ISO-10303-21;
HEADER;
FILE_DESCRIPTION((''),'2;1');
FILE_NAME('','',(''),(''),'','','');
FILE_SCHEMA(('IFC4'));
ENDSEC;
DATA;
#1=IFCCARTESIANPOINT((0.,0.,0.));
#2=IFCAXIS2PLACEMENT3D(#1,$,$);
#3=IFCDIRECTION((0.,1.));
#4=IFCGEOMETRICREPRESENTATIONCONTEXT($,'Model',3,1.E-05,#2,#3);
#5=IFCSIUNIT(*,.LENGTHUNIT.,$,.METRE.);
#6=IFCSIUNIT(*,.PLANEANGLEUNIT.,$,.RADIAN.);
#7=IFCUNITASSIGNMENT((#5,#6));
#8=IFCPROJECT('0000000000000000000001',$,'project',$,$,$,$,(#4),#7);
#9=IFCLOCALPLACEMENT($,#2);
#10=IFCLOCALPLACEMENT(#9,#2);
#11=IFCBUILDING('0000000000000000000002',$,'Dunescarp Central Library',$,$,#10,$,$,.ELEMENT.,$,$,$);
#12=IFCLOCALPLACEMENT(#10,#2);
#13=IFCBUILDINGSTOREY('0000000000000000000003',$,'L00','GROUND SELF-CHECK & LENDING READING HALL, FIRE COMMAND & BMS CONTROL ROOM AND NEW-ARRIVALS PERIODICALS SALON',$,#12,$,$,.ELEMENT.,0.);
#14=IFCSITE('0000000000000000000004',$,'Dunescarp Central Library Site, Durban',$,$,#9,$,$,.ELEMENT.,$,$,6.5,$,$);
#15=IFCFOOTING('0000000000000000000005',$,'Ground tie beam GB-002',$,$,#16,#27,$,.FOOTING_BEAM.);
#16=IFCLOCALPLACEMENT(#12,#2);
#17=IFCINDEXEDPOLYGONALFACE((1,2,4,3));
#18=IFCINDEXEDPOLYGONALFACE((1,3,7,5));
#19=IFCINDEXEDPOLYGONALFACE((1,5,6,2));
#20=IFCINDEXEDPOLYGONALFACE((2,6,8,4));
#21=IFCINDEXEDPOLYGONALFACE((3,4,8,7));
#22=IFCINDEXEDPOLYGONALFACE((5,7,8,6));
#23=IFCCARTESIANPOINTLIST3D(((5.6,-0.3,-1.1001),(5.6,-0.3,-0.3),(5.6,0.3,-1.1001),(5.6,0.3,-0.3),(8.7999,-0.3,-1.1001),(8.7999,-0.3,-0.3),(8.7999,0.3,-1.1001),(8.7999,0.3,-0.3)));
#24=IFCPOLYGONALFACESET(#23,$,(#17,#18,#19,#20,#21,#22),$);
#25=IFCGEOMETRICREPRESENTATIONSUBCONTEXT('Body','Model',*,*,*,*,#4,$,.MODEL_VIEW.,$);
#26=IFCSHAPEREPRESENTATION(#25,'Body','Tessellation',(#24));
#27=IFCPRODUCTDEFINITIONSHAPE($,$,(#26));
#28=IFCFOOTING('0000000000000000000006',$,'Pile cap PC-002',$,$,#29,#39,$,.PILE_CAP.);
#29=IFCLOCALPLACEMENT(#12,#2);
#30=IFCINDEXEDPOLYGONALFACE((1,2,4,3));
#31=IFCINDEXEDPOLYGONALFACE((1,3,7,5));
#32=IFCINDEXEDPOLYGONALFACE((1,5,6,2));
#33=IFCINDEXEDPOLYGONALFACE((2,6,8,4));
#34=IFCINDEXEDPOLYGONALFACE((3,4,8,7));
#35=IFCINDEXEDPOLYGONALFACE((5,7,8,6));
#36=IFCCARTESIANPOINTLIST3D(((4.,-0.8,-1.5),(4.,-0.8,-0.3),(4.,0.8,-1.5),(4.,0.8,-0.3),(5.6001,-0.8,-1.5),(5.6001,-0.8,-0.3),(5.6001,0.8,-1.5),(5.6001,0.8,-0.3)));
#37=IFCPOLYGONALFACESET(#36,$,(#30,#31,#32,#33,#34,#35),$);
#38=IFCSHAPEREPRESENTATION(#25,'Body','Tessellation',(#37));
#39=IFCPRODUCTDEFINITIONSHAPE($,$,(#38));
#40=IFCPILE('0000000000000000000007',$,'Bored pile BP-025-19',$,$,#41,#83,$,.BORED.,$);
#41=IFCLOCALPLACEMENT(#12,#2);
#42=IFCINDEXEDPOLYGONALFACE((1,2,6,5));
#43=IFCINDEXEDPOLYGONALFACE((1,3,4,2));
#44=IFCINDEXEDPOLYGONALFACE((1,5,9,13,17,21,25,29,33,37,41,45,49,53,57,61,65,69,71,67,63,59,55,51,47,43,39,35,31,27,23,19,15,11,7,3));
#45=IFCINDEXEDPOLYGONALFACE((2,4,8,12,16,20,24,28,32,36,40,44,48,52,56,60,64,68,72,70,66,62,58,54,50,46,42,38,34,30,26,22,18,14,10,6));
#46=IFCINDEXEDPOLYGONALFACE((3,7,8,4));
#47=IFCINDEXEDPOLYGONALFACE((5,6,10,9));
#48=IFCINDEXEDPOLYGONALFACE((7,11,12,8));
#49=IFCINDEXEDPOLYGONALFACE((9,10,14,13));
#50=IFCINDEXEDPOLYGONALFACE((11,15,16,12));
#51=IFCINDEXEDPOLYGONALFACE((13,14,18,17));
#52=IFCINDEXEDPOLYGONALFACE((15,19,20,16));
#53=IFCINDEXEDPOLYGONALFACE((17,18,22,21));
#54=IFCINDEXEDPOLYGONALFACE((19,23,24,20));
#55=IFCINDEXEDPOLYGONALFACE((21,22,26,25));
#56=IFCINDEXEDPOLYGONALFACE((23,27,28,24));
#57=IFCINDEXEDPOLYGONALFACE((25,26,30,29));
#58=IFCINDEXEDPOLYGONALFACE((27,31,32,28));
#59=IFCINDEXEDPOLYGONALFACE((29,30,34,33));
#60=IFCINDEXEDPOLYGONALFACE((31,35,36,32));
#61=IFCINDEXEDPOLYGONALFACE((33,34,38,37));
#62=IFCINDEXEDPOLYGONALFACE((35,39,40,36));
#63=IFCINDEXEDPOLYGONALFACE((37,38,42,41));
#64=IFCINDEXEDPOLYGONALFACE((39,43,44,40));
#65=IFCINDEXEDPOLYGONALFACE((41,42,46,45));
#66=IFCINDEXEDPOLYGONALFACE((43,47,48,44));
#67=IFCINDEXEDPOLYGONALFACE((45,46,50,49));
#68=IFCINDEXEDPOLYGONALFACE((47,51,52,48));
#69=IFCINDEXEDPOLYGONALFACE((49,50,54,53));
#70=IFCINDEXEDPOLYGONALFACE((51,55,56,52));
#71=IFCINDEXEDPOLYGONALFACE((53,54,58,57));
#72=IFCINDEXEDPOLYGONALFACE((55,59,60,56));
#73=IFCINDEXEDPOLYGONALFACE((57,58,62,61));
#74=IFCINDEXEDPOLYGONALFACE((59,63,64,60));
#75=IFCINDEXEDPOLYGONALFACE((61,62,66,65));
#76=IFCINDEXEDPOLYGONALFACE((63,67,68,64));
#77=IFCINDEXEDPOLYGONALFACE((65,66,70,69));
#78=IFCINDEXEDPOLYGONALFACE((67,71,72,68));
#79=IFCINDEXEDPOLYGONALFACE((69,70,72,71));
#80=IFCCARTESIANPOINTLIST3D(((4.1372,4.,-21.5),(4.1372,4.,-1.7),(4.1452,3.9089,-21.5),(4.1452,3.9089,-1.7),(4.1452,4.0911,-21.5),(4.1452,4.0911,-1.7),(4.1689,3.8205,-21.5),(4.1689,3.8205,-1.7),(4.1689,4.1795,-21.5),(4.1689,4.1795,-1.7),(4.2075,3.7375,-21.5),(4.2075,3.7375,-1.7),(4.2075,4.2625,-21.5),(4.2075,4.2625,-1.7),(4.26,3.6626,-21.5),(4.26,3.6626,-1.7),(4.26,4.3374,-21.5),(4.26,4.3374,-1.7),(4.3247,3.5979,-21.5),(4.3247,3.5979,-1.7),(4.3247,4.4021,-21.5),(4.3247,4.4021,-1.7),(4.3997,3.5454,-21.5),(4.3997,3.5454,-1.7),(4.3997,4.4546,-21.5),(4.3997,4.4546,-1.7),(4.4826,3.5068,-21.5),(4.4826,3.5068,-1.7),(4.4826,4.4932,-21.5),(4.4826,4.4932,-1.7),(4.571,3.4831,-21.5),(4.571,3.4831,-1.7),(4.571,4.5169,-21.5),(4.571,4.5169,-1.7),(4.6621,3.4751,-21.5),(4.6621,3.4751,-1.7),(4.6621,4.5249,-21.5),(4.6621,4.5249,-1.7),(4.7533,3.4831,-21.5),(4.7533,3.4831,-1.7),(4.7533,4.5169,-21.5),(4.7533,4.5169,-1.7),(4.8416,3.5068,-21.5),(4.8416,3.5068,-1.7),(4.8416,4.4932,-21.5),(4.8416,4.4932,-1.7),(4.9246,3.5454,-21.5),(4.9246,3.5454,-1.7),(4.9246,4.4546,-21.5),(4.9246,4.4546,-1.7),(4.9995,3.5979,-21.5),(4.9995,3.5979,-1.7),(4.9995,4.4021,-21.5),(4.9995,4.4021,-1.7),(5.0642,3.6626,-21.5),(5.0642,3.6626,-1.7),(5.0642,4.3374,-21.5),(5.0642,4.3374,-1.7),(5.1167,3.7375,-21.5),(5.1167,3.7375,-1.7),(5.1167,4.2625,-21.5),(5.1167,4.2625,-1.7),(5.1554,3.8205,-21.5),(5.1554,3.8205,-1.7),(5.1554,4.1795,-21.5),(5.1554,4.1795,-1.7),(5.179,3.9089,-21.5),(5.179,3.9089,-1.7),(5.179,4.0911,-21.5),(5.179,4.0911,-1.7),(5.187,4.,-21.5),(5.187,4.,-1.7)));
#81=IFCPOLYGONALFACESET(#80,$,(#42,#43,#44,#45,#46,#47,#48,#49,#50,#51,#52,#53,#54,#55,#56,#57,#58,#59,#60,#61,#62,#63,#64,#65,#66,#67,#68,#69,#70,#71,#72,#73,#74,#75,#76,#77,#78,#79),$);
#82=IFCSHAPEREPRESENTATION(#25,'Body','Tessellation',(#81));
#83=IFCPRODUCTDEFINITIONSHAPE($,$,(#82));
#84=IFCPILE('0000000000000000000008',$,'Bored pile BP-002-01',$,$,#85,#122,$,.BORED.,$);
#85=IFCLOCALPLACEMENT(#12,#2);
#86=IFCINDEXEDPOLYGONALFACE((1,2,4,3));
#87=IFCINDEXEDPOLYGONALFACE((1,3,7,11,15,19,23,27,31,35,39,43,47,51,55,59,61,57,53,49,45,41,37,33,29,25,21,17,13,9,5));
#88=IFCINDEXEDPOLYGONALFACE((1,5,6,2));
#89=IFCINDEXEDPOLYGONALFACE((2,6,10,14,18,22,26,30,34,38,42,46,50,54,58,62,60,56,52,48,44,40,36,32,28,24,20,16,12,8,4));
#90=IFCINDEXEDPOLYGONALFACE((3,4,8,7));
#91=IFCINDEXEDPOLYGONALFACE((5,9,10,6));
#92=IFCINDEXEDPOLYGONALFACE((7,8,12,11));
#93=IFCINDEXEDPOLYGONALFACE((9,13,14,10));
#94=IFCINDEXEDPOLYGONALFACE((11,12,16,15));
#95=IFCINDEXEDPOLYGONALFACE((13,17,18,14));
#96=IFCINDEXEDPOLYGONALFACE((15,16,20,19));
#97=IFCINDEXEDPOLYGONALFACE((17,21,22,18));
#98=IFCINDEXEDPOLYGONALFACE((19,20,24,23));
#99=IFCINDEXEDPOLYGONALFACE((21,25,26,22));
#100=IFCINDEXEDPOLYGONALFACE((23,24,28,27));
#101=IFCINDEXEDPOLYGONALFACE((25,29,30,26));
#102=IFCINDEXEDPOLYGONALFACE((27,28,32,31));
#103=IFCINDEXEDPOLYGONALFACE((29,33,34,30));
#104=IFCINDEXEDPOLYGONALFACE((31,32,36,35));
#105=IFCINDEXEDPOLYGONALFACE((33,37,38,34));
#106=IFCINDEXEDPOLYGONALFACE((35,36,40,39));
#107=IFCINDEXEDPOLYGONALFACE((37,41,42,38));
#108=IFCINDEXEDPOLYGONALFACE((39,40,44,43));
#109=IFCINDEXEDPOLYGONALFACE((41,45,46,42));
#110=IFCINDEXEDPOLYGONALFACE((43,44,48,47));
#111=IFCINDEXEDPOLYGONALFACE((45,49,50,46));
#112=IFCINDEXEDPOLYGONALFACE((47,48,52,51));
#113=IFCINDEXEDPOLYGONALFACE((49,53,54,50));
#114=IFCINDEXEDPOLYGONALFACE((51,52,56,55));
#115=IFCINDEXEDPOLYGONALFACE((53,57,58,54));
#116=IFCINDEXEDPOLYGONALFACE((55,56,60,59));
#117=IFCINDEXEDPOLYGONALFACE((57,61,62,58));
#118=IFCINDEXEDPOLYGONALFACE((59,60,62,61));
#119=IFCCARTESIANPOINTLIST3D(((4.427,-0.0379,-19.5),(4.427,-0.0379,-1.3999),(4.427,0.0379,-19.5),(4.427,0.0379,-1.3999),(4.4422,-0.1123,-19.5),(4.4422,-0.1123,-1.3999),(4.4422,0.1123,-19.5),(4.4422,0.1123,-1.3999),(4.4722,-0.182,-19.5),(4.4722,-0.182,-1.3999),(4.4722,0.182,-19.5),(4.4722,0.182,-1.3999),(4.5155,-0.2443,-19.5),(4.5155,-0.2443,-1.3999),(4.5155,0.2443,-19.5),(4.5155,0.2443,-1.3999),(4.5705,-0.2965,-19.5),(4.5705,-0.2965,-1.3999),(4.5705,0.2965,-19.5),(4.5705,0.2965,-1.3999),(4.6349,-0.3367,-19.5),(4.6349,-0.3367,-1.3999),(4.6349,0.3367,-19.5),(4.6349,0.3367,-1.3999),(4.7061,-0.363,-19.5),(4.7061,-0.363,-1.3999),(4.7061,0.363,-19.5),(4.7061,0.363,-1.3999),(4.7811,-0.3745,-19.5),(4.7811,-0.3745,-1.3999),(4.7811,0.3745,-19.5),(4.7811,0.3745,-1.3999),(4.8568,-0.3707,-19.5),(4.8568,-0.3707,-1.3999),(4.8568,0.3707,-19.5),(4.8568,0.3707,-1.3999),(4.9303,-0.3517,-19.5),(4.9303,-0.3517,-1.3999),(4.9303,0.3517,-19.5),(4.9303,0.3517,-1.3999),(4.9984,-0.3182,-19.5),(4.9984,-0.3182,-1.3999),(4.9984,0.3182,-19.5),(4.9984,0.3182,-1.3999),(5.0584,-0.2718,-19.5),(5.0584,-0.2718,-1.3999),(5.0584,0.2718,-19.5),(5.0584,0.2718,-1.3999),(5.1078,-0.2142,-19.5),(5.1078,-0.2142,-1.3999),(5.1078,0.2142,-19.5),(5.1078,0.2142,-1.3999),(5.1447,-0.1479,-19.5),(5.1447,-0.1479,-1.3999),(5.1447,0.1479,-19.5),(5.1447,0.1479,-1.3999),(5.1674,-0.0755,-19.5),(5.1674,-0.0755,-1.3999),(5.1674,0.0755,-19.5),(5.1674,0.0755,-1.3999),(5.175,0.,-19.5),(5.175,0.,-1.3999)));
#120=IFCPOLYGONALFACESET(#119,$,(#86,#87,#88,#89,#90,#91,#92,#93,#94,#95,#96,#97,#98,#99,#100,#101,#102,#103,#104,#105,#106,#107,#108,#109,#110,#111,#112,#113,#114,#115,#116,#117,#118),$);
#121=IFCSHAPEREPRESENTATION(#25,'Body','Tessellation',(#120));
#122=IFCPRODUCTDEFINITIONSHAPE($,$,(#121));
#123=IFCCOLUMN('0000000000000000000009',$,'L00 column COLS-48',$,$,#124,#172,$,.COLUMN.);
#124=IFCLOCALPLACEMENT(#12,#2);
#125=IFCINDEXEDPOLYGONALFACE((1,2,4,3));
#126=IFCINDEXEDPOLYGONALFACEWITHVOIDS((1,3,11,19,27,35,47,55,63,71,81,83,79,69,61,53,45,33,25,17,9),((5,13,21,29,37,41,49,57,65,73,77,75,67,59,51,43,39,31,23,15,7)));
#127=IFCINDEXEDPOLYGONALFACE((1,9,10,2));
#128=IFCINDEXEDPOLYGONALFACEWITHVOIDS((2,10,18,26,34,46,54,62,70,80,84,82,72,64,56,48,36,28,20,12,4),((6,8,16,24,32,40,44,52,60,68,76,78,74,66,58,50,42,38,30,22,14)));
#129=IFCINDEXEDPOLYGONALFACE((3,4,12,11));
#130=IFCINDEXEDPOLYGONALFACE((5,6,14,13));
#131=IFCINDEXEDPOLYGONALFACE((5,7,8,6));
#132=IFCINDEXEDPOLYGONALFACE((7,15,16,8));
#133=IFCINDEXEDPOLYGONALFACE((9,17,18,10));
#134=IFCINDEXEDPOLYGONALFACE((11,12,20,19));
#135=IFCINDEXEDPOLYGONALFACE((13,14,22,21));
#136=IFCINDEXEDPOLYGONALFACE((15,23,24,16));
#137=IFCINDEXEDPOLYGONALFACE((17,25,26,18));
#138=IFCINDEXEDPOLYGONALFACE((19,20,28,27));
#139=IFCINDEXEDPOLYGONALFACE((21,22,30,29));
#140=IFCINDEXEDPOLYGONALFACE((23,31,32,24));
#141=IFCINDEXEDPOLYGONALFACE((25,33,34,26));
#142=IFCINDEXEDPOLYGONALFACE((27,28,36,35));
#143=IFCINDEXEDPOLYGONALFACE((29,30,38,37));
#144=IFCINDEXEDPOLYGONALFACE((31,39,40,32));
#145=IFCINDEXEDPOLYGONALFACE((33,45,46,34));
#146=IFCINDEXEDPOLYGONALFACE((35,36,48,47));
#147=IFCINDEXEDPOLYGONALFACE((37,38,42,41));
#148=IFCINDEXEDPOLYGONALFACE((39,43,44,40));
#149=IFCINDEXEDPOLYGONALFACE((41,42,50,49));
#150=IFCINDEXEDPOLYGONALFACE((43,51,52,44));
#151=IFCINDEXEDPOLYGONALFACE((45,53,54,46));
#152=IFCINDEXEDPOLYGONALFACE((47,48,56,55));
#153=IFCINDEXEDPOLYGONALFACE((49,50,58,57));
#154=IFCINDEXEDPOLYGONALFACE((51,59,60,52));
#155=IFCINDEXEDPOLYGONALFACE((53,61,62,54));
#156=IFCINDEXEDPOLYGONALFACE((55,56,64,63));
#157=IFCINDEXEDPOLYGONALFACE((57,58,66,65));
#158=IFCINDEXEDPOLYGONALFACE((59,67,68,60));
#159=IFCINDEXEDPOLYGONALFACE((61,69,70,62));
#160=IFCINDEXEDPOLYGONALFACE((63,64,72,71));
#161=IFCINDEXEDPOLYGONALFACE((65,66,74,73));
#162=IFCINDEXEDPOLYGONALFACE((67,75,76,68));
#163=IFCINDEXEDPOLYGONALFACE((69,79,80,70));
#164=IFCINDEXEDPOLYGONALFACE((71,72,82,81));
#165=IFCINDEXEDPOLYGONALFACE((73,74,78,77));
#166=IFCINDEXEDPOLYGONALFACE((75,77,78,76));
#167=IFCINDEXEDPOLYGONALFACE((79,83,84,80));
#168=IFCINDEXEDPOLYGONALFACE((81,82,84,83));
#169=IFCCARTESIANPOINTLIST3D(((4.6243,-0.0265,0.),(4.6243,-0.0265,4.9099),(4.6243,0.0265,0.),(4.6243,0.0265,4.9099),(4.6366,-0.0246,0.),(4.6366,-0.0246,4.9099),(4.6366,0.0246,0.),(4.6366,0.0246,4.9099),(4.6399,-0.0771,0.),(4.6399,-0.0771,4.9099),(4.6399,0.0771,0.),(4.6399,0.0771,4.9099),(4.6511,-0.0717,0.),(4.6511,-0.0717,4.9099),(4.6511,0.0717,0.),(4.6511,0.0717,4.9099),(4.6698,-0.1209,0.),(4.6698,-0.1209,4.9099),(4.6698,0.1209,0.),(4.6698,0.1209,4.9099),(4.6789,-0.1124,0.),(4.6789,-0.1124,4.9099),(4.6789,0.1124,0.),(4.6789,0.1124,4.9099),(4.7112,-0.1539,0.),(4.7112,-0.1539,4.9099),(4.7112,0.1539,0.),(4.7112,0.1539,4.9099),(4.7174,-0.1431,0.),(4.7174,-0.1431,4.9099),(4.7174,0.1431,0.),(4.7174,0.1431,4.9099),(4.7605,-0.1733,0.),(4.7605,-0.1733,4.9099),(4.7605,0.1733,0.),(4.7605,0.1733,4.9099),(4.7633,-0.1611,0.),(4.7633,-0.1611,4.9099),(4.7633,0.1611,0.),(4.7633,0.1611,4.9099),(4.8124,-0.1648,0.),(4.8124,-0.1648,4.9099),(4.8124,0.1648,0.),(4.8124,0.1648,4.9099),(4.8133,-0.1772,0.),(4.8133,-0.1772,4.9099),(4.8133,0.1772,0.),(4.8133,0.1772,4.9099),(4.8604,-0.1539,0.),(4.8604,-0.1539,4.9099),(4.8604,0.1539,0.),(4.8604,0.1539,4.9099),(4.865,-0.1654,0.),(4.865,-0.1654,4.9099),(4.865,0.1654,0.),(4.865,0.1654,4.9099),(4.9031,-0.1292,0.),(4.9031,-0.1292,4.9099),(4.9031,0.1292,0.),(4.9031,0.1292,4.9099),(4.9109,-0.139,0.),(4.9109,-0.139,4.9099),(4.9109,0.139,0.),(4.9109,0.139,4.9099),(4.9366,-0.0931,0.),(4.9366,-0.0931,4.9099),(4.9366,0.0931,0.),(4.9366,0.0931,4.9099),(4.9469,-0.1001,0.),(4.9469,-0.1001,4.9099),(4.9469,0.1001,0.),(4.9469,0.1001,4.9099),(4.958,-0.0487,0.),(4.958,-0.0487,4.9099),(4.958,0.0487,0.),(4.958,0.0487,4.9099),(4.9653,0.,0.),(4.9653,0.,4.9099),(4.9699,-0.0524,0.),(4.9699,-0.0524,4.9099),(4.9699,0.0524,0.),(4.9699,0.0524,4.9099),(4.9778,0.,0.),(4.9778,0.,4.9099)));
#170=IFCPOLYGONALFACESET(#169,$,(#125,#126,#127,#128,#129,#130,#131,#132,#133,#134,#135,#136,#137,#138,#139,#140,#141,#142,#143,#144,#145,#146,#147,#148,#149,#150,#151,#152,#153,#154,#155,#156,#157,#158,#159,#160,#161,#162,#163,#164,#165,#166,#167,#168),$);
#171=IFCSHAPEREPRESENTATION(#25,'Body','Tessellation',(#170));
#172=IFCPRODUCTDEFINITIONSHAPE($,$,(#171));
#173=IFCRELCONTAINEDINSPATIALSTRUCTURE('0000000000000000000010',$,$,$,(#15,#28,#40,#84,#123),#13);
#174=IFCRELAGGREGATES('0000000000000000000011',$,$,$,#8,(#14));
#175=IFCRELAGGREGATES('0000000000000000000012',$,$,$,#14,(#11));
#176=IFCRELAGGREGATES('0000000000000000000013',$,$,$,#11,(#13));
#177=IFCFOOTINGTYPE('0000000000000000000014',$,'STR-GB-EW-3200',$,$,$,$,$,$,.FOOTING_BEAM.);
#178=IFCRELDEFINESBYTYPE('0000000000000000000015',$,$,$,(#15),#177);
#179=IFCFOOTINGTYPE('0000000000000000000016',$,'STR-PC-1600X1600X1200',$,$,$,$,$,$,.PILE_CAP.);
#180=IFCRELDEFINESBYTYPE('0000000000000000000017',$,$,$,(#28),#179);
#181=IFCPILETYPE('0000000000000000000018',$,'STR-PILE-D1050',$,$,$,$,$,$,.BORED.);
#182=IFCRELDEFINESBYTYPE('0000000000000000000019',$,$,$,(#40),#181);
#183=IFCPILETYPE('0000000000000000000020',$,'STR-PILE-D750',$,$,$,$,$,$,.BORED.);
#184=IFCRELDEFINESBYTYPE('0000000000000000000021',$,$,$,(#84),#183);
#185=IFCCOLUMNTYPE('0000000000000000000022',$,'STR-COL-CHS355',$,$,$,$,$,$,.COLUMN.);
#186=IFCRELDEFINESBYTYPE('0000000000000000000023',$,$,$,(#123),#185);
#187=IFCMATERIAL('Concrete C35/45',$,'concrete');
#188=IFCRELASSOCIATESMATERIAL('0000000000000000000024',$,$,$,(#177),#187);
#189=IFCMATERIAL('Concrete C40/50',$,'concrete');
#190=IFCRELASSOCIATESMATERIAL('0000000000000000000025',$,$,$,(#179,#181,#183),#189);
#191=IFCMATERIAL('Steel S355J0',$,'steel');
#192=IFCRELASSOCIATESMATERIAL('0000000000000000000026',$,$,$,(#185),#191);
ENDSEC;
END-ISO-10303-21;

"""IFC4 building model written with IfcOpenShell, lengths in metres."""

from ifc_helpers import new_model, si_unit, direction, frame, origin, origin_2d, place, context, subcontext, project, spatial, rectangle, circle, hollow_circle, extrude, material, material_profile, profile_set, type_object, element, save


model = new_model("IFC4")

# Units and contexts
model_context = context("Model", 3, precision=1e-05, world=origin(), true_north=direction((0.0, 1.0)))
body_context = subcontext(model_context, "Body", "Model", "MODEL_VIEW")
ifc_project = project(units=[si_unit("LENGTHUNIT", "METRE"), si_unit("PLANEANGLEUNIT", "RADIAN")], contexts=[model_context])

# Site, building, storey
site_placement = place(None, origin())
site = spatial("IfcSite", under=ifc_project, at=site_placement, Name="Dunescarp Central Library Site, Durban", CompositionType="ELEMENT", RefElevation=6.5)
building_placement = place(site_placement, origin())
building = spatial("IfcBuilding", under=site, at=building_placement, Name="Dunescarp Central Library", CompositionType="ELEMENT")
storey_placement = place(building_placement, origin())
storey = spatial("IfcBuildingStorey", under=building, at=storey_placement, Name="L00", Description="GROUND SELF-CHECK & LENDING READING HALL, FIRE COMMAND & BMS CONTROL ROOM AND NEW-ARRIVALS PERIODICALS SALON", CompositionType="ELEMENT", Elevation=0.0)

# Footings
ifc_material_1 = material(Name="Concrete C35/45", Category="concrete")
footing_type_1 = type_object("IfcFootingType", Name="STR-GB-EW-3200", PredefinedType="FOOTING_BEAM", material=ifc_material_1)
footing_1_placement = place(storey_placement, frame((7.2, 0.0, -1.1001), z_axis=(0.0, 0.0, 1.0), x_axis=(1.0, 0.0, 0.0)))
element("IfcFooting", 1, at=footing_1_placement, inside=storey, type_object=footing_type_1, Name="Ground tie beam GB-002", PredefinedType="FOOTING_BEAM", context=body_context, shape_type="SweptSolid", body=[
    extrude(rectangle(XDim=3.2, YDim=0.6001, at=origin_2d()), origin(), (0.0, 0.0, 1.0), 0.8),
])
ifc_material_2 = material(Name="Concrete C40/50", Category="concrete")
footing_type_2 = type_object("IfcFootingType", Name="STR-PC-1600X1600X1200", PredefinedType="PILE_CAP", material=ifc_material_2)
footing_2_placement = place(storey_placement, frame((4.8, 0.0, -1.5), z_axis=(0.0, 0.0, 1.0), x_axis=(1.0, 0.0, 0.0)))
element("IfcFooting", 2, at=footing_2_placement, inside=storey, type_object=footing_type_2, Name="Pile cap PC-002", PredefinedType="PILE_CAP", context=body_context, shape_type="SweptSolid", body=[
    extrude(rectangle(XDim=1.6001, YDim=1.6001, at=origin_2d()), origin(), (0.0, 0.0, 1.0), 1.2),
])

# Piles
ifc_material_profile_1 = material_profile(ifc_material_2, circle(Radius=0.5249, at=origin_2d()), Name="PILE D1050")
ifc_profile_set_1 = profile_set([ifc_material_profile_1], Name="Concrete C40/50")
pile_type_1 = type_object("IfcPileType", Name="STR-PILE-D1050", PredefinedType="BORED", material=ifc_profile_set_1)
pile_1_placement = place(storey_placement, frame((4.6621, 4.0, -1.7), z_axis=(0.0, 0.0, -1.0), x_axis=(1.0, 0.0, 0.0)))
element("IfcPile", 3, at=pile_1_placement, inside=storey, type_object=pile_type_1, Name="Bored pile BP-025-19", PredefinedType="BORED", context=body_context, shape_type="SweptSolid", body=[
    extrude(circle(Radius=0.5249, at=origin_2d()), origin(), (0.0, 0.0, 1.0), 19.8),
])
ifc_material_profile_2 = material_profile(ifc_material_2, circle(Radius=0.375, at=origin_2d()), Name="PILE D750")
ifc_profile_set_2 = profile_set([ifc_material_profile_2], Name="Concrete C40/50")
pile_type_2 = type_object("IfcPileType", Name="STR-PILE-D750", PredefinedType="BORED", material=ifc_profile_set_2)
pile_2_placement = place(storey_placement, frame((4.8, 0.0, -1.3999), z_axis=(0.0, 0.0, -1.0), x_axis=(1.0, 0.0, 0.0)))
element("IfcPile", 4, at=pile_2_placement, inside=storey, type_object=pile_type_2, Name="Bored pile BP-002-01", PredefinedType="BORED", context=body_context, shape_type="SweptSolid", body=[
    extrude(circle(Radius=0.375, at=origin_2d()), origin(), (0.0, 0.0, 1.0), 18.1001),
])

# Column
ifc_material_3 = material(Name="Steel S355J0", Category="steel")
ifc_material_profile_3 = material_profile(ifc_material_3, hollow_circle(Radius=0.1777, WallThickness=0.0125, at=origin_2d()), Name="CHS 355.6x12.5")
ifc_profile_set_3 = profile_set([ifc_material_profile_3], Name="Steel S355J0")
column_type_1 = type_object("IfcColumnType", Name="STR-COL-CHS355", PredefinedType="COLUMN", material=ifc_profile_set_3)
column_1_placement = place(storey_placement, frame((4.8, 0.0, 0.0), z_axis=(0.0, 0.0, 1.0), x_axis=(1.0, 0.0, 0.0)))
element("IfcColumn", 5, at=column_1_placement, inside=storey, type_object=column_type_1, Name="L00 column COLS-48", PredefinedType="COLUMN", context=body_context, shape_type="SweptSolid", body=[
    extrude(hollow_circle(Radius=0.1777, WallThickness=0.0125, at=origin_2d()), origin(), (0.0, 0.0, 1.0), 4.9099),
])

save(model, "model.ifc")
